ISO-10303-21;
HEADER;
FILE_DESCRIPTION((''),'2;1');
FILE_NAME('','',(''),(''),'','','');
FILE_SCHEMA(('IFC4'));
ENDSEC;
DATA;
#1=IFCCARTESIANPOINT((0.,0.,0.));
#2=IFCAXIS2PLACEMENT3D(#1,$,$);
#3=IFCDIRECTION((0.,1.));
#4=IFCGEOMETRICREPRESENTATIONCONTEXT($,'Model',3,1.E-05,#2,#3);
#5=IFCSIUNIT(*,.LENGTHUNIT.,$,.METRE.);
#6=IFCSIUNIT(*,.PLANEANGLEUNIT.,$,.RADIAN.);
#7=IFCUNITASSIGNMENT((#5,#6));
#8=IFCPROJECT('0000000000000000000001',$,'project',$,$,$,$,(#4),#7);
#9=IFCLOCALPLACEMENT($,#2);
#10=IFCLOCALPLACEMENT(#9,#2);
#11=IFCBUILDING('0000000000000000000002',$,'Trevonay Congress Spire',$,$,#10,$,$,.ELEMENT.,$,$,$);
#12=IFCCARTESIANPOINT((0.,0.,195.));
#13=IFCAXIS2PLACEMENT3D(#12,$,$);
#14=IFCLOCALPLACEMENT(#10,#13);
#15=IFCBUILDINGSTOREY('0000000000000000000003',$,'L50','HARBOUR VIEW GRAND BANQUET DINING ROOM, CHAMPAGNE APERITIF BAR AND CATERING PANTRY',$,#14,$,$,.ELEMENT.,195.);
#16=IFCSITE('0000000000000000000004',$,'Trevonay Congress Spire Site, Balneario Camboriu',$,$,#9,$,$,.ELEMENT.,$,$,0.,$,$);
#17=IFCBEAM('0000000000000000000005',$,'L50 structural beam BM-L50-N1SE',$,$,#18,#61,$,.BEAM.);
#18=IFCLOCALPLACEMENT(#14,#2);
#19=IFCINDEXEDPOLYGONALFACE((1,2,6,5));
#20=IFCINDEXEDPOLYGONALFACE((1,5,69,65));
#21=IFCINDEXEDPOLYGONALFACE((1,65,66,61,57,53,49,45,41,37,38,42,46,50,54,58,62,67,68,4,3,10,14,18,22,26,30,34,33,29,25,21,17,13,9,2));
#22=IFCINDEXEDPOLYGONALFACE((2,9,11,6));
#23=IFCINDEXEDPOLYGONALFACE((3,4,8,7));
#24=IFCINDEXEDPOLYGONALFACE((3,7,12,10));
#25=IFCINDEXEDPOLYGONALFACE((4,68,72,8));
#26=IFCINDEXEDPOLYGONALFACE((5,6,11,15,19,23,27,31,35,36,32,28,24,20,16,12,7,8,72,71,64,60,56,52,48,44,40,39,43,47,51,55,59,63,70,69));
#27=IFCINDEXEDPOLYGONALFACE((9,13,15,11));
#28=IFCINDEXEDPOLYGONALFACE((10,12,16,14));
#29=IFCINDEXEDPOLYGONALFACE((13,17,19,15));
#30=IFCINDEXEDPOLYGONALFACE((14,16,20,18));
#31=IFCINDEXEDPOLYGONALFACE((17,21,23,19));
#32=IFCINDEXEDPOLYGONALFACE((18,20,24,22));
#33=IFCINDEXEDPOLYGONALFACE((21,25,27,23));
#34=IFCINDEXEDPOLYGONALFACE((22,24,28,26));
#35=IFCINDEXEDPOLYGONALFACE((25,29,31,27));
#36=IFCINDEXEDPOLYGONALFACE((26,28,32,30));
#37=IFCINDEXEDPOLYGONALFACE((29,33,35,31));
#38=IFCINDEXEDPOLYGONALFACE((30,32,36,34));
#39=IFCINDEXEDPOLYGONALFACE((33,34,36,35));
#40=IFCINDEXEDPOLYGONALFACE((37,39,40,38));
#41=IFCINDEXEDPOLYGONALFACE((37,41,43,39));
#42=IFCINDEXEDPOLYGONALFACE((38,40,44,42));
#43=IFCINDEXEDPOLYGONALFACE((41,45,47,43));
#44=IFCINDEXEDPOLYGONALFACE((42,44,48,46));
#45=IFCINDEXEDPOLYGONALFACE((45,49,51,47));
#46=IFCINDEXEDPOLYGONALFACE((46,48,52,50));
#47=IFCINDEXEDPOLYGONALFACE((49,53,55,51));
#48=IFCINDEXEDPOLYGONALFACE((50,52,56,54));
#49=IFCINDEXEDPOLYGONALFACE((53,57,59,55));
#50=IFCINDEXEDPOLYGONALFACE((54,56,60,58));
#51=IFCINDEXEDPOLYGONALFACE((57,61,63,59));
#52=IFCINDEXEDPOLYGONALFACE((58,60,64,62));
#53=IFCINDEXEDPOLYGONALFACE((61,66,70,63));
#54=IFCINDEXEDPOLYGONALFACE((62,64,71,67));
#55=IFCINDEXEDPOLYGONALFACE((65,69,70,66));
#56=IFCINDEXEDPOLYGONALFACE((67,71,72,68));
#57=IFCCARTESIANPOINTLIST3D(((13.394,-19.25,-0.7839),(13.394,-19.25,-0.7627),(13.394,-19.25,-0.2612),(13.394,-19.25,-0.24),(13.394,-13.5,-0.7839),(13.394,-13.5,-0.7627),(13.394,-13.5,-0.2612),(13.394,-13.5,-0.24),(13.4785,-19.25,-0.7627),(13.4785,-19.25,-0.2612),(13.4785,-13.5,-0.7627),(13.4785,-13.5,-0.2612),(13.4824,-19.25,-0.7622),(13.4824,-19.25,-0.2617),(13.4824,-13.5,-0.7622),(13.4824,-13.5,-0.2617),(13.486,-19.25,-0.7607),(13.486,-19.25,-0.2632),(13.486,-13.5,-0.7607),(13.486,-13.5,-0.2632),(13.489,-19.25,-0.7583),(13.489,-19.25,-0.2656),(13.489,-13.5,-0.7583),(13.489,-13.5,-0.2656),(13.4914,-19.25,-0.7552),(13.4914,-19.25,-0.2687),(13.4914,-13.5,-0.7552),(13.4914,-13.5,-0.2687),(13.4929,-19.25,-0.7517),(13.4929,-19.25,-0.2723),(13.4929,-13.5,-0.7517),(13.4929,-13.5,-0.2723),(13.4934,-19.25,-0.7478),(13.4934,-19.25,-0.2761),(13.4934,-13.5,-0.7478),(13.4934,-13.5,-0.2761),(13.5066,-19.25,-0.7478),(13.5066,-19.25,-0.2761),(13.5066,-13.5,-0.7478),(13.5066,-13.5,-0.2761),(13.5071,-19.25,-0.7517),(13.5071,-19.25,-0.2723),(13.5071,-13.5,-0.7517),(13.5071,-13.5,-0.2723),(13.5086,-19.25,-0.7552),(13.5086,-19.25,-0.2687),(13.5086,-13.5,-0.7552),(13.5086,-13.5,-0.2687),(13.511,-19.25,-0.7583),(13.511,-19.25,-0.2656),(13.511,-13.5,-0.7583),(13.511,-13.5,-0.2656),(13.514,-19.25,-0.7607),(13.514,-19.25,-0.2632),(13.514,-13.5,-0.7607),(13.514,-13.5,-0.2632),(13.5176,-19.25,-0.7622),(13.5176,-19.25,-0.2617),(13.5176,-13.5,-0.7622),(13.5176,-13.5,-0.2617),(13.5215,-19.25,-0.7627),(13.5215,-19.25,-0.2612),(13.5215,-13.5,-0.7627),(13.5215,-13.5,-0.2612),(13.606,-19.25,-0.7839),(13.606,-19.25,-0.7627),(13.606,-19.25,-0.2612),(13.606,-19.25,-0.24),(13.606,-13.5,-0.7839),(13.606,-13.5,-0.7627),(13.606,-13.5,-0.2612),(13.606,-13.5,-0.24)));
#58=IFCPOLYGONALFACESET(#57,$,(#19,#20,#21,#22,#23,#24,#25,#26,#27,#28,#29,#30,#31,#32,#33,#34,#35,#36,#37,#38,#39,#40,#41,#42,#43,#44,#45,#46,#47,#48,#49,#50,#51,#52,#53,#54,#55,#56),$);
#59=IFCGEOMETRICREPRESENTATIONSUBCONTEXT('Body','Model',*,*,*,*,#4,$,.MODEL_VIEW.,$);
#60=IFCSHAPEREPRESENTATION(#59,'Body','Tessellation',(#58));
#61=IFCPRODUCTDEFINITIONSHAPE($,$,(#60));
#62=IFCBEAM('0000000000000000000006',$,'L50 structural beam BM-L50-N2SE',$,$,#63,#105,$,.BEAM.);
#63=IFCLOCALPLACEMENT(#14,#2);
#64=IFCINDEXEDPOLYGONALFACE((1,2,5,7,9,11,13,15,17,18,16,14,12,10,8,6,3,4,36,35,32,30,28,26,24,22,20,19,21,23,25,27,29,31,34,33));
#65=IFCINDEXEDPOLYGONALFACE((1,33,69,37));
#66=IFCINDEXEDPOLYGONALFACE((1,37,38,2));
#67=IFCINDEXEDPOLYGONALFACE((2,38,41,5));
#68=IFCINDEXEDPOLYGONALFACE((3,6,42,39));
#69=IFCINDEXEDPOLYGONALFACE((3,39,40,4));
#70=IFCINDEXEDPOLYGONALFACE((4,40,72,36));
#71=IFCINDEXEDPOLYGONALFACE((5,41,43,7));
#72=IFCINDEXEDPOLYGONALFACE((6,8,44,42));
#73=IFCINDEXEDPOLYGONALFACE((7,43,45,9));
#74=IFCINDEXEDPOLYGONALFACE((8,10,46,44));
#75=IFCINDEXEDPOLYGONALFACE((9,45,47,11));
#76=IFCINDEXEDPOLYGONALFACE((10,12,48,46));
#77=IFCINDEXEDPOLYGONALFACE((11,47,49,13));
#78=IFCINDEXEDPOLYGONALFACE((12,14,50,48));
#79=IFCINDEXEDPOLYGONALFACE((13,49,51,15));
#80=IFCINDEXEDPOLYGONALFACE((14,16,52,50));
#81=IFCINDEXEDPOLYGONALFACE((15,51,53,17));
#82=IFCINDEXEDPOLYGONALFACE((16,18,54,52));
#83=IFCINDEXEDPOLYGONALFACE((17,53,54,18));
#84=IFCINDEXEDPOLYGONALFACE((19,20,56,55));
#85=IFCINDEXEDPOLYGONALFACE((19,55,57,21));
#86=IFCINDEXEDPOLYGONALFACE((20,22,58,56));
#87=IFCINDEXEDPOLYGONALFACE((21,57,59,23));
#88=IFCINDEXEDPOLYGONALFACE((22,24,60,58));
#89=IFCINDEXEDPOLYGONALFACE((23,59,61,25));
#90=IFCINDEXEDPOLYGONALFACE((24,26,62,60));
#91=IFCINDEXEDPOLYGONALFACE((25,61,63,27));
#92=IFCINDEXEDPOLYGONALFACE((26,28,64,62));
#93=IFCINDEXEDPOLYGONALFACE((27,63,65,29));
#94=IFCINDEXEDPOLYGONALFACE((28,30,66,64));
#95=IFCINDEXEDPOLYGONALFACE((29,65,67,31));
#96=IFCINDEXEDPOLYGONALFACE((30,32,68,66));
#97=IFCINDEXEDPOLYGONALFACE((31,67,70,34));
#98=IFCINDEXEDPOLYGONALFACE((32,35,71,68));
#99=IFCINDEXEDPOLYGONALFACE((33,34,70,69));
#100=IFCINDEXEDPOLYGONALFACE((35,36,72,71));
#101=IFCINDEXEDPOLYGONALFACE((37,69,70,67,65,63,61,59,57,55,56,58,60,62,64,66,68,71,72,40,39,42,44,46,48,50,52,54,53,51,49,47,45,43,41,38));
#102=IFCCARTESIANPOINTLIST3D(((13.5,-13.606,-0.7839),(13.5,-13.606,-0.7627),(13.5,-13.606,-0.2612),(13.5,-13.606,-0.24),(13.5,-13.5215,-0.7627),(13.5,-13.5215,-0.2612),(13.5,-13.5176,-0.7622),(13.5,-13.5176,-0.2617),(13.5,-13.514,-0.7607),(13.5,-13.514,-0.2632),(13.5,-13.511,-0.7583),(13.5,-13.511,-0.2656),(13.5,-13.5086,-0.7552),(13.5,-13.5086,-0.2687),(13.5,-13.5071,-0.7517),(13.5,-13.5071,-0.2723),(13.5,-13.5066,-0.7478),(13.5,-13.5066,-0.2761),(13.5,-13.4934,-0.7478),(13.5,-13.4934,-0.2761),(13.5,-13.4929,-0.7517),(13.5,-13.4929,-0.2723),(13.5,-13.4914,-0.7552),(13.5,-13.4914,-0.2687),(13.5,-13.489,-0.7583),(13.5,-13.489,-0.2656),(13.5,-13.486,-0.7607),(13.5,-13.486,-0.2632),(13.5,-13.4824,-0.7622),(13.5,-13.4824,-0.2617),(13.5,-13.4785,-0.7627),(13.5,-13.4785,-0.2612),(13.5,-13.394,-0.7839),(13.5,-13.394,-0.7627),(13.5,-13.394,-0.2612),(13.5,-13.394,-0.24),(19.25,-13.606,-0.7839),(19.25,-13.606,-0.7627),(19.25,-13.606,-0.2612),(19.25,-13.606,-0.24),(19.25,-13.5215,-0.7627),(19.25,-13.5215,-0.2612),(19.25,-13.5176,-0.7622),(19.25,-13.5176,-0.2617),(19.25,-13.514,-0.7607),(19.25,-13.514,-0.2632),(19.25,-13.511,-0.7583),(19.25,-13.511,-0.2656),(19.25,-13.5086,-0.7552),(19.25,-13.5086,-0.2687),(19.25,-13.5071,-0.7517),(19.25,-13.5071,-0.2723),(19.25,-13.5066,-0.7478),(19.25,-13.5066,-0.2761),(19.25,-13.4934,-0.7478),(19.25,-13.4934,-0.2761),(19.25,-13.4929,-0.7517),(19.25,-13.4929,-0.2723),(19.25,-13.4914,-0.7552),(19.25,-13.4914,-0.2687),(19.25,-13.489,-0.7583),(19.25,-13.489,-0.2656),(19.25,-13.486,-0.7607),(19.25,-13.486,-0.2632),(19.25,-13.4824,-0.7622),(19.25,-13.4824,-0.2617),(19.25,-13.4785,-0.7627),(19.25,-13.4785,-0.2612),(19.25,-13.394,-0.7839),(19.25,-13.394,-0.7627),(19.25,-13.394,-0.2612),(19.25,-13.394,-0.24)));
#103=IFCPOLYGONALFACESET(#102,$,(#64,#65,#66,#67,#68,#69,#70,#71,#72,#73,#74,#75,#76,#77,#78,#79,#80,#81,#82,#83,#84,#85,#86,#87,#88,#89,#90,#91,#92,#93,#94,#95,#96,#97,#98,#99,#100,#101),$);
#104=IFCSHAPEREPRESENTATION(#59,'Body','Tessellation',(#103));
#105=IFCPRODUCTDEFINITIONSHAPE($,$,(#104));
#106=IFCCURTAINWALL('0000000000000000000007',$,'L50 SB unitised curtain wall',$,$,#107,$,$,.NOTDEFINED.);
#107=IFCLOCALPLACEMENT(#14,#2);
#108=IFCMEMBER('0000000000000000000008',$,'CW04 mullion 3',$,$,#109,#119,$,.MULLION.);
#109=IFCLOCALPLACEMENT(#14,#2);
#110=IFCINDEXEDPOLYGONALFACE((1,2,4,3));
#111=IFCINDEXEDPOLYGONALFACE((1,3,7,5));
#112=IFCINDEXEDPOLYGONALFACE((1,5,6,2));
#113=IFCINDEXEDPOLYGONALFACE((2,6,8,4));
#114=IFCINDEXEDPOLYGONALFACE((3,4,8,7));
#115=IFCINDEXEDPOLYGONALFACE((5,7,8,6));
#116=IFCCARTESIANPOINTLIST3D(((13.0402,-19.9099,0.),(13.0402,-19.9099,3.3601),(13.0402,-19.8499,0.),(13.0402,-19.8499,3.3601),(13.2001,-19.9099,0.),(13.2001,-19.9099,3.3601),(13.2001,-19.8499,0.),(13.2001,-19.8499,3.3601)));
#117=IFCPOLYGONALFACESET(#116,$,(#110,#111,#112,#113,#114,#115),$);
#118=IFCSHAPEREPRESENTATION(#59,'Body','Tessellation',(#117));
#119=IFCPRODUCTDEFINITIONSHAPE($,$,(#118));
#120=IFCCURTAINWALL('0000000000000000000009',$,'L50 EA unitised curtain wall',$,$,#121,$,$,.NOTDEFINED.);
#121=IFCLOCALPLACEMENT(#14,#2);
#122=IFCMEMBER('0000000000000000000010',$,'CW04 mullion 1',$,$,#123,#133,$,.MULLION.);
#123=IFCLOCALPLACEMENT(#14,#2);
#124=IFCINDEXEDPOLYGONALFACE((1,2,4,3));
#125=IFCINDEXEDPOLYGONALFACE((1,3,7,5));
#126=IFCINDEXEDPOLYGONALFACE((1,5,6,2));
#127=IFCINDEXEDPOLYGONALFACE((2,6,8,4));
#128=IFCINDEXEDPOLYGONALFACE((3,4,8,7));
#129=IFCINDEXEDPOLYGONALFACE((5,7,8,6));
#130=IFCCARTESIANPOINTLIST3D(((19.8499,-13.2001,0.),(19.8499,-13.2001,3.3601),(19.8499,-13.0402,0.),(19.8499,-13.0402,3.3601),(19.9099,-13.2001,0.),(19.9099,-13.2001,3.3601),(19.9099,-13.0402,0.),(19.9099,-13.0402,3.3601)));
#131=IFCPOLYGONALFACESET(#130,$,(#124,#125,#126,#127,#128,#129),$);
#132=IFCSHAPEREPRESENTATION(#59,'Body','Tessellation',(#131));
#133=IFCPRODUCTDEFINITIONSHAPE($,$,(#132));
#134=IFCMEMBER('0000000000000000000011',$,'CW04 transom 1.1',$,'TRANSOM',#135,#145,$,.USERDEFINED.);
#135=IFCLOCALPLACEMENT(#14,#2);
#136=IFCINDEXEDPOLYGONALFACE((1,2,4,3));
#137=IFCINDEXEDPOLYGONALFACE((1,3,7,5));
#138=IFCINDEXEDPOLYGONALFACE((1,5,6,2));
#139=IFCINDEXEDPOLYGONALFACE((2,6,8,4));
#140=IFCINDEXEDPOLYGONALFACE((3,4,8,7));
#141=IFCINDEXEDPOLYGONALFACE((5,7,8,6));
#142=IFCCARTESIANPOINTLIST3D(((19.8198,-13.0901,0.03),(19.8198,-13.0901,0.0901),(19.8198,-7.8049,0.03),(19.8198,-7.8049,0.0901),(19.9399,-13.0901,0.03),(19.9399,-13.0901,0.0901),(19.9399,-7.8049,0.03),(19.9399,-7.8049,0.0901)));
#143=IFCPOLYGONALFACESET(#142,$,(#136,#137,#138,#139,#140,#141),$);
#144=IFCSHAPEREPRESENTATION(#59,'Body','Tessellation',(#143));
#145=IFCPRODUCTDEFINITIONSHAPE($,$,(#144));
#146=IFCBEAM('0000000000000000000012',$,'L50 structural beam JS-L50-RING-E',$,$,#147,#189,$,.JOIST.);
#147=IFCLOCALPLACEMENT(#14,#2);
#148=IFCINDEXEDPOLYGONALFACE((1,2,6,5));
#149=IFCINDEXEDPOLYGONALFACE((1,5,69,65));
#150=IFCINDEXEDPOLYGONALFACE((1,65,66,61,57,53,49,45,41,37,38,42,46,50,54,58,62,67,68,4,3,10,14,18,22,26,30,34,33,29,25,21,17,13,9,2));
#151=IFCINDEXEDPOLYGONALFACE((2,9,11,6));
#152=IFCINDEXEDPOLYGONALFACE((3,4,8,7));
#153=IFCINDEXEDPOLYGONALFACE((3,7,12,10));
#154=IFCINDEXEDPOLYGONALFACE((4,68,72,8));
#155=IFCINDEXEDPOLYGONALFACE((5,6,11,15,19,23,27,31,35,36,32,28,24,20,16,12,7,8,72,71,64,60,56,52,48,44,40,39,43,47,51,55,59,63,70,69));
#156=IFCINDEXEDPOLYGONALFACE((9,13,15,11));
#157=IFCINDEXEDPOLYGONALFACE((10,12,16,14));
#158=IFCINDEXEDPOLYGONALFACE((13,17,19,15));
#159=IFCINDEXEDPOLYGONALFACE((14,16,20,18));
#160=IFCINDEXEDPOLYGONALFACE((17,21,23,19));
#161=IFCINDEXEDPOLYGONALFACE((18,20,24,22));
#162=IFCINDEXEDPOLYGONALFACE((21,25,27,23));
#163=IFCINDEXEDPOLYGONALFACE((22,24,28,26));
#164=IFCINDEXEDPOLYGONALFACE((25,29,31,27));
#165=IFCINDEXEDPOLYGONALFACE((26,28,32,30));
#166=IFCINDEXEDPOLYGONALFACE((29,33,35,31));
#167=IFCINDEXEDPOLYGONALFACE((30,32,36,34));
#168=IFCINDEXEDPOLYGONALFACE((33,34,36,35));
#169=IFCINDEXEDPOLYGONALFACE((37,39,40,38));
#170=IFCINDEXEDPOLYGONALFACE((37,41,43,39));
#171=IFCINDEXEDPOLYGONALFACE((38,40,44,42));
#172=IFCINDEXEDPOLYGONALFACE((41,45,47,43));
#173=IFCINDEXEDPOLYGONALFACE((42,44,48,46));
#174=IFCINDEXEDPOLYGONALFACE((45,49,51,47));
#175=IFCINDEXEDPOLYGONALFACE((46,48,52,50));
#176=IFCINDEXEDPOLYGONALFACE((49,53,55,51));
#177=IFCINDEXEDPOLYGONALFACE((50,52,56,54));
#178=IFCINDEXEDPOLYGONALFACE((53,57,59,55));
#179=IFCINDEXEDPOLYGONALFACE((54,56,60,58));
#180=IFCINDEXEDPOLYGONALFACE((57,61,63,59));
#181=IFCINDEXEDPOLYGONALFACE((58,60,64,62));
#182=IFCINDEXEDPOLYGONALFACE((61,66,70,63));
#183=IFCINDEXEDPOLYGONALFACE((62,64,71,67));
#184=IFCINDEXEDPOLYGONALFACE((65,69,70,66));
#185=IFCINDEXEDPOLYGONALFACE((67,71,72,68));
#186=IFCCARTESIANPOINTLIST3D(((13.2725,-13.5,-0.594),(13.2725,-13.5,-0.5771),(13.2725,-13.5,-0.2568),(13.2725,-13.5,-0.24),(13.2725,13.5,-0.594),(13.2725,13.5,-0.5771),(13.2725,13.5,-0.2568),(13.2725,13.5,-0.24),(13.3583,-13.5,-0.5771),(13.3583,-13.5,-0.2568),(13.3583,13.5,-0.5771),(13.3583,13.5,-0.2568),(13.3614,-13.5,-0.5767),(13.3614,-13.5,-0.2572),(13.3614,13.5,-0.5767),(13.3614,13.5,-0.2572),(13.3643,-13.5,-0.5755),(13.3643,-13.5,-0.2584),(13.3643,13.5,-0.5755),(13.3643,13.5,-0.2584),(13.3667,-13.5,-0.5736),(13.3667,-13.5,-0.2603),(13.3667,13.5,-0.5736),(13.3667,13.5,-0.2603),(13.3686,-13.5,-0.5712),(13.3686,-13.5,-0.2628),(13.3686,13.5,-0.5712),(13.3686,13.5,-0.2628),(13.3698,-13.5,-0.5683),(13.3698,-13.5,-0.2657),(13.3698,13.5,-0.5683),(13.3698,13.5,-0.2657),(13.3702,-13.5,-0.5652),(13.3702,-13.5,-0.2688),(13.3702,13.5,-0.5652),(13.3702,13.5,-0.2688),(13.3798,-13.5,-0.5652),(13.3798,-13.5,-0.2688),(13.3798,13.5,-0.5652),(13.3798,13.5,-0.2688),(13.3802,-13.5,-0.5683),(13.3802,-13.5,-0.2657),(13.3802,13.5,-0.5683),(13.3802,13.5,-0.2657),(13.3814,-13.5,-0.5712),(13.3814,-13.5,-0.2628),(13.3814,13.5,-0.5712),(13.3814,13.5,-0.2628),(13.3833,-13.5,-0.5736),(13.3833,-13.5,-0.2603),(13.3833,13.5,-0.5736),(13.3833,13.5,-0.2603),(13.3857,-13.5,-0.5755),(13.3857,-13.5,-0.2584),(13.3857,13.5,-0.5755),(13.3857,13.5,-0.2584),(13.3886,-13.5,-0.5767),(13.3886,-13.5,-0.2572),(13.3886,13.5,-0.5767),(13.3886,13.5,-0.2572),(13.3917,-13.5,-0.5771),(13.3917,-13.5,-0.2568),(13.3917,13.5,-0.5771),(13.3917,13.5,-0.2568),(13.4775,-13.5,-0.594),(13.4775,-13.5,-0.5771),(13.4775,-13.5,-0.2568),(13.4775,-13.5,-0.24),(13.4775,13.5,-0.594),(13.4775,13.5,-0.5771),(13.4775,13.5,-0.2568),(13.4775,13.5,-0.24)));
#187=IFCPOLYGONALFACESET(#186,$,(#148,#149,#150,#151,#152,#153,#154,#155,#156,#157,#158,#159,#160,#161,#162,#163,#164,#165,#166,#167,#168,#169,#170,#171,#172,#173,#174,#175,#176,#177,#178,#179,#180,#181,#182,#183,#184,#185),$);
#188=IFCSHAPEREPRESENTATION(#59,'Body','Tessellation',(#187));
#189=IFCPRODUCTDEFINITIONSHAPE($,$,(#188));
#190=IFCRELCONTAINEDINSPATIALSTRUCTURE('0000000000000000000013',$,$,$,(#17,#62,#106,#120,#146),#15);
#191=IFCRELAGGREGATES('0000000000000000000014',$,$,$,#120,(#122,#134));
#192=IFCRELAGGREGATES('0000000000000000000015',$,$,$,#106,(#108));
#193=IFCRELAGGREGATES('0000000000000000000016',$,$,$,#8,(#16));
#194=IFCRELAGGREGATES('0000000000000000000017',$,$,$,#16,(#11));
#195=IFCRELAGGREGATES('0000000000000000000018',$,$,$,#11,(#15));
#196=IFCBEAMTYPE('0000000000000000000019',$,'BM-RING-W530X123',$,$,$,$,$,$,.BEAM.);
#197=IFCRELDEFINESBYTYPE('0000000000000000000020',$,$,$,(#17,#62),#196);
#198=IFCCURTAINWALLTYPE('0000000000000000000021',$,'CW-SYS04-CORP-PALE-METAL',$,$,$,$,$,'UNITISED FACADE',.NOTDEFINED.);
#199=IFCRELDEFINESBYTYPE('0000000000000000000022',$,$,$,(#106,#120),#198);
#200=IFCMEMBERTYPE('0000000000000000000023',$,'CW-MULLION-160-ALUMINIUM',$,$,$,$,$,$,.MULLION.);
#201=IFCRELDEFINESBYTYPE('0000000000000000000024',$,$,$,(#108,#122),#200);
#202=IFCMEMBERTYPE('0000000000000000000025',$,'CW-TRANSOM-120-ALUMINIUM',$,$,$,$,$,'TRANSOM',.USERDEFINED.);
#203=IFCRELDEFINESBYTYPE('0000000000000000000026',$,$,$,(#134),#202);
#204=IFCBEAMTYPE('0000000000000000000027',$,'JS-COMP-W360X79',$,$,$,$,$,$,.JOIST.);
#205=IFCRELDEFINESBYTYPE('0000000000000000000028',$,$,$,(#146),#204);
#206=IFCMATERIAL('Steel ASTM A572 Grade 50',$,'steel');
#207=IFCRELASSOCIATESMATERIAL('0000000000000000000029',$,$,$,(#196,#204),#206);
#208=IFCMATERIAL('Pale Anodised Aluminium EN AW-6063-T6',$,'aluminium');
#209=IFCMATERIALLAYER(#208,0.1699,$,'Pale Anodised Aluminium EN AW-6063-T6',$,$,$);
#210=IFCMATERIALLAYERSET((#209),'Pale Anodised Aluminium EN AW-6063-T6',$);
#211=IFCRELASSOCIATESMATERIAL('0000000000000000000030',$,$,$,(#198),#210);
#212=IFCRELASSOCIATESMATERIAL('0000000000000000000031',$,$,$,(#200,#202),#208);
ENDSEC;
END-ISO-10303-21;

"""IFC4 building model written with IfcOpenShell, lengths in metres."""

from ifc_helpers import new_model, si_unit, direction, frame, origin, origin_2d, place, context, subcontext, project, spatial, rectangle, i_section, extrude, material, layer, layer_set, material_profile, profile_set, type_object, element, aggregate, save


model = new_model("IFC4")

# Units and contexts
model_context = context("Model", 3, precision=1e-05, world=origin(), true_north=direction((0.0, 1.0)))
body_context = subcontext(model_context, "Body", "Model", "MODEL_VIEW")
ifc_project = project(units=[si_unit("LENGTHUNIT", "METRE"), si_unit("PLANEANGLEUNIT", "RADIAN")], contexts=[model_context])

# Site, building, storey
site_placement = place(None, origin())
site = spatial("IfcSite", under=ifc_project, at=site_placement, Name="Trevonay Congress Spire Site, Balneario Camboriu", CompositionType="ELEMENT", RefElevation=0.0)
building_placement = place(site_placement, origin())
building = spatial("IfcBuilding", under=site, at=building_placement, Name="Trevonay Congress Spire", CompositionType="ELEMENT")
storey_placement = place(building_placement, frame((0.0, 0.0, 195.0)))
storey = spatial("IfcBuildingStorey", under=building, at=storey_placement, Name="L50", Description="HARBOUR VIEW GRAND BANQUET DINING ROOM, CHAMPAGNE APERITIF BAR AND CATERING PANTRY", CompositionType="ELEMENT", Elevation=195.0)

# Shared definitions
ifc_material_1 = material(Name="Steel ASTM A572 Grade 50", Category="steel")

# Beams
ifc_material_profile_1 = material_profile(ifc_material_1, i_section(OverallWidth=0.2119, OverallDepth=0.5439, WebThickness=0.0132, FlangeThickness=0.0212, FilletRadius=0.0149, at=origin_2d()), Name="W530x123")
ifc_profile_set_1 = profile_set([ifc_material_profile_1], Name="Steel ASTM A572 Grade 50")
beam_type_1 = type_object("IfcBeamType", Name="BM-RING-W530X123", PredefinedType="BEAM", material=ifc_profile_set_1)
for number, where, z_axis, x_axis, name in (
    (1, (13.5, -19.25, -0.512), (0.0, 1.0, 0.0), (-1.0, 0.0, 0.0), "L50 structural beam BM-L50-N1SE"),
    (2, (19.25, -13.5, -0.512), (-1.0, 0.0, 0.0), (0.0, -1.0, 0.0), "L50 structural beam BM-L50-N2SE"),
):
    element("IfcBeam", number, at=place(storey_placement, frame(where, z_axis=z_axis, x_axis=x_axis)), inside=storey, type_object=beam_type_1, Name=name, PredefinedType="BEAM", context=body_context, shape_type="SweptSolid", body=[
        extrude(i_section(OverallWidth=0.2119, OverallDepth=0.5439, WebThickness=0.0132, FlangeThickness=0.0212, FilletRadius=0.0149, at=origin_2d()), origin(), (0.0, 0.0, 1.0), 5.75),
    ])

# Curtain wall, member
ifc_material_2 = material(Name="Pale Anodised Aluminium EN AW-6063-T6", Category="aluminium")
ifc_layer_1 = layer(ifc_material_2, 0.1699, Name="Pale Anodised Aluminium EN AW-6063-T6")
ifc_layer_set_1 = layer_set([ifc_layer_1], Name="Pale Anodised Aluminium EN AW-6063-T6")
curtain_wall_type = type_object("IfcCurtainWallType", Name="CW-SYS04-CORP-PALE-METAL", ElementType="UNITISED FACADE", PredefinedType="NOTDEFINED", material=ifc_layer_set_1)
curtain_wall_1_placement = place(storey_placement, origin())
curtain_wall_1 = element("IfcCurtainWall", 3, at=curtain_wall_1_placement, inside=storey, type_object=curtain_wall_type, Name="L50 SB unitised curtain wall", PredefinedType="NOTDEFINED")
ifc_material_profile_2 = material_profile(ifc_material_2, rectangle(XDim=0.0601, YDim=0.1599, at=origin_2d()), Name="CW-MULLION-160-ALUMINIUM")
ifc_profile_set_2 = profile_set([ifc_material_profile_2], Name="Pale Anodised Aluminium EN AW-6063-T6")
member_type_1 = type_object("IfcMemberType", Name="CW-MULLION-160-ALUMINIUM", PredefinedType="MULLION", material=ifc_profile_set_2)
member_1_placement = place(storey_placement, frame((13.1201, -19.8799, 0.0), z_axis=(0.0, 0.0, 1.0), x_axis=(0.0, 1.0, 0.0)))
member_1 = element("IfcMember", 4, at=member_1_placement, type_object=member_type_1, Name="CW04 mullion 3", PredefinedType="MULLION", context=body_context, shape_type="SweptSolid", body=[
    extrude(rectangle(XDim=0.0601, YDim=0.1599, at=origin_2d()), origin(), (0.0, 0.0, 1.0), 3.3601),
])

# Curtain wall, members
curtain_wall_2_placement = place(storey_placement, origin())
curtain_wall_2 = element("IfcCurtainWall", 5, at=curtain_wall_2_placement, inside=storey, type_object=curtain_wall_type, Name="L50 EA unitised curtain wall", PredefinedType="NOTDEFINED")
member_2_placement = place(storey_placement, frame((19.8799, -13.1201, 0.0), z_axis=(0.0, 0.0, 1.0), x_axis=(-1.0, 0.0, 0.0)))
member_2 = element("IfcMember", 6, at=member_2_placement, type_object=member_type_1, Name="CW04 mullion 1", PredefinedType="MULLION", context=body_context, shape_type="SweptSolid", body=[
    extrude(rectangle(XDim=0.0601, YDim=0.1599, at=origin_2d()), origin(), (0.0, 0.0, 1.0), 3.3601),
])
ifc_material_profile_3 = material_profile(ifc_material_2, rectangle(XDim=0.1201, YDim=0.0601, at=origin_2d()), Name="CW-TRANSOM-120-ALUMINIUM")
ifc_profile_set_3 = profile_set([ifc_material_profile_3], Name="Pale Anodised Aluminium EN AW-6063-T6")
member_type_2 = type_object("IfcMemberType", Name="CW-TRANSOM-120-ALUMINIUM", ElementType="TRANSOM", PredefinedType="USERDEFINED", material=ifc_profile_set_3)
member_3_placement = place(storey_placement, frame((19.8799, -13.0901, 0.0601), z_axis=(0.0, 1.0, 0.0), x_axis=(-1.0, 0.0, 0.0)))
member_3 = element("IfcMember", 7, at=member_3_placement, type_object=member_type_2, Name="CW04 transom 1.1", ObjectType="TRANSOM", PredefinedType="USERDEFINED", context=body_context, shape_type="SweptSolid", body=[
    extrude(rectangle(XDim=0.1201, YDim=0.0601, at=origin_2d()), origin(), (0.0, 0.0, 1.0), 5.2852),
])
aggregate(curtain_wall_2, [member_2, member_3])

# Beam
ifc_material_profile_4 = material_profile(ifc_material_1, i_section(OverallWidth=0.2051, OverallDepth=0.354, WebThickness=0.0095, FlangeThickness=0.0168, FilletRadius=0.012, at=origin_2d()), Name="W360x79")
ifc_profile_set_4 = profile_set([ifc_material_profile_4], Name="Steel ASTM A572 Grade 50")
beam_type_2 = type_object("IfcBeamType", Name="JS-COMP-W360X79", PredefinedType="JOIST", material=ifc_profile_set_4)
beam_placement = place(storey_placement, frame((13.375, -13.5, -0.417), z_axis=(0.0, 1.0, 0.0), x_axis=(-1.0, 0.0, 0.0)))
element("IfcBeam", 8, at=beam_placement, inside=storey, type_object=beam_type_2, Name="L50 structural beam JS-L50-RING-E", PredefinedType="JOIST", context=body_context, shape_type="SweptSolid", body=[
    extrude(i_section(OverallWidth=0.2051, OverallDepth=0.354, WebThickness=0.0095, FlangeThickness=0.0168, FilletRadius=0.012, at=origin_2d()), origin(), (0.0, 0.0, 1.0), 27.0),
])

aggregate(curtain_wall_1, [member_1])

save(model, "model.ifc")
